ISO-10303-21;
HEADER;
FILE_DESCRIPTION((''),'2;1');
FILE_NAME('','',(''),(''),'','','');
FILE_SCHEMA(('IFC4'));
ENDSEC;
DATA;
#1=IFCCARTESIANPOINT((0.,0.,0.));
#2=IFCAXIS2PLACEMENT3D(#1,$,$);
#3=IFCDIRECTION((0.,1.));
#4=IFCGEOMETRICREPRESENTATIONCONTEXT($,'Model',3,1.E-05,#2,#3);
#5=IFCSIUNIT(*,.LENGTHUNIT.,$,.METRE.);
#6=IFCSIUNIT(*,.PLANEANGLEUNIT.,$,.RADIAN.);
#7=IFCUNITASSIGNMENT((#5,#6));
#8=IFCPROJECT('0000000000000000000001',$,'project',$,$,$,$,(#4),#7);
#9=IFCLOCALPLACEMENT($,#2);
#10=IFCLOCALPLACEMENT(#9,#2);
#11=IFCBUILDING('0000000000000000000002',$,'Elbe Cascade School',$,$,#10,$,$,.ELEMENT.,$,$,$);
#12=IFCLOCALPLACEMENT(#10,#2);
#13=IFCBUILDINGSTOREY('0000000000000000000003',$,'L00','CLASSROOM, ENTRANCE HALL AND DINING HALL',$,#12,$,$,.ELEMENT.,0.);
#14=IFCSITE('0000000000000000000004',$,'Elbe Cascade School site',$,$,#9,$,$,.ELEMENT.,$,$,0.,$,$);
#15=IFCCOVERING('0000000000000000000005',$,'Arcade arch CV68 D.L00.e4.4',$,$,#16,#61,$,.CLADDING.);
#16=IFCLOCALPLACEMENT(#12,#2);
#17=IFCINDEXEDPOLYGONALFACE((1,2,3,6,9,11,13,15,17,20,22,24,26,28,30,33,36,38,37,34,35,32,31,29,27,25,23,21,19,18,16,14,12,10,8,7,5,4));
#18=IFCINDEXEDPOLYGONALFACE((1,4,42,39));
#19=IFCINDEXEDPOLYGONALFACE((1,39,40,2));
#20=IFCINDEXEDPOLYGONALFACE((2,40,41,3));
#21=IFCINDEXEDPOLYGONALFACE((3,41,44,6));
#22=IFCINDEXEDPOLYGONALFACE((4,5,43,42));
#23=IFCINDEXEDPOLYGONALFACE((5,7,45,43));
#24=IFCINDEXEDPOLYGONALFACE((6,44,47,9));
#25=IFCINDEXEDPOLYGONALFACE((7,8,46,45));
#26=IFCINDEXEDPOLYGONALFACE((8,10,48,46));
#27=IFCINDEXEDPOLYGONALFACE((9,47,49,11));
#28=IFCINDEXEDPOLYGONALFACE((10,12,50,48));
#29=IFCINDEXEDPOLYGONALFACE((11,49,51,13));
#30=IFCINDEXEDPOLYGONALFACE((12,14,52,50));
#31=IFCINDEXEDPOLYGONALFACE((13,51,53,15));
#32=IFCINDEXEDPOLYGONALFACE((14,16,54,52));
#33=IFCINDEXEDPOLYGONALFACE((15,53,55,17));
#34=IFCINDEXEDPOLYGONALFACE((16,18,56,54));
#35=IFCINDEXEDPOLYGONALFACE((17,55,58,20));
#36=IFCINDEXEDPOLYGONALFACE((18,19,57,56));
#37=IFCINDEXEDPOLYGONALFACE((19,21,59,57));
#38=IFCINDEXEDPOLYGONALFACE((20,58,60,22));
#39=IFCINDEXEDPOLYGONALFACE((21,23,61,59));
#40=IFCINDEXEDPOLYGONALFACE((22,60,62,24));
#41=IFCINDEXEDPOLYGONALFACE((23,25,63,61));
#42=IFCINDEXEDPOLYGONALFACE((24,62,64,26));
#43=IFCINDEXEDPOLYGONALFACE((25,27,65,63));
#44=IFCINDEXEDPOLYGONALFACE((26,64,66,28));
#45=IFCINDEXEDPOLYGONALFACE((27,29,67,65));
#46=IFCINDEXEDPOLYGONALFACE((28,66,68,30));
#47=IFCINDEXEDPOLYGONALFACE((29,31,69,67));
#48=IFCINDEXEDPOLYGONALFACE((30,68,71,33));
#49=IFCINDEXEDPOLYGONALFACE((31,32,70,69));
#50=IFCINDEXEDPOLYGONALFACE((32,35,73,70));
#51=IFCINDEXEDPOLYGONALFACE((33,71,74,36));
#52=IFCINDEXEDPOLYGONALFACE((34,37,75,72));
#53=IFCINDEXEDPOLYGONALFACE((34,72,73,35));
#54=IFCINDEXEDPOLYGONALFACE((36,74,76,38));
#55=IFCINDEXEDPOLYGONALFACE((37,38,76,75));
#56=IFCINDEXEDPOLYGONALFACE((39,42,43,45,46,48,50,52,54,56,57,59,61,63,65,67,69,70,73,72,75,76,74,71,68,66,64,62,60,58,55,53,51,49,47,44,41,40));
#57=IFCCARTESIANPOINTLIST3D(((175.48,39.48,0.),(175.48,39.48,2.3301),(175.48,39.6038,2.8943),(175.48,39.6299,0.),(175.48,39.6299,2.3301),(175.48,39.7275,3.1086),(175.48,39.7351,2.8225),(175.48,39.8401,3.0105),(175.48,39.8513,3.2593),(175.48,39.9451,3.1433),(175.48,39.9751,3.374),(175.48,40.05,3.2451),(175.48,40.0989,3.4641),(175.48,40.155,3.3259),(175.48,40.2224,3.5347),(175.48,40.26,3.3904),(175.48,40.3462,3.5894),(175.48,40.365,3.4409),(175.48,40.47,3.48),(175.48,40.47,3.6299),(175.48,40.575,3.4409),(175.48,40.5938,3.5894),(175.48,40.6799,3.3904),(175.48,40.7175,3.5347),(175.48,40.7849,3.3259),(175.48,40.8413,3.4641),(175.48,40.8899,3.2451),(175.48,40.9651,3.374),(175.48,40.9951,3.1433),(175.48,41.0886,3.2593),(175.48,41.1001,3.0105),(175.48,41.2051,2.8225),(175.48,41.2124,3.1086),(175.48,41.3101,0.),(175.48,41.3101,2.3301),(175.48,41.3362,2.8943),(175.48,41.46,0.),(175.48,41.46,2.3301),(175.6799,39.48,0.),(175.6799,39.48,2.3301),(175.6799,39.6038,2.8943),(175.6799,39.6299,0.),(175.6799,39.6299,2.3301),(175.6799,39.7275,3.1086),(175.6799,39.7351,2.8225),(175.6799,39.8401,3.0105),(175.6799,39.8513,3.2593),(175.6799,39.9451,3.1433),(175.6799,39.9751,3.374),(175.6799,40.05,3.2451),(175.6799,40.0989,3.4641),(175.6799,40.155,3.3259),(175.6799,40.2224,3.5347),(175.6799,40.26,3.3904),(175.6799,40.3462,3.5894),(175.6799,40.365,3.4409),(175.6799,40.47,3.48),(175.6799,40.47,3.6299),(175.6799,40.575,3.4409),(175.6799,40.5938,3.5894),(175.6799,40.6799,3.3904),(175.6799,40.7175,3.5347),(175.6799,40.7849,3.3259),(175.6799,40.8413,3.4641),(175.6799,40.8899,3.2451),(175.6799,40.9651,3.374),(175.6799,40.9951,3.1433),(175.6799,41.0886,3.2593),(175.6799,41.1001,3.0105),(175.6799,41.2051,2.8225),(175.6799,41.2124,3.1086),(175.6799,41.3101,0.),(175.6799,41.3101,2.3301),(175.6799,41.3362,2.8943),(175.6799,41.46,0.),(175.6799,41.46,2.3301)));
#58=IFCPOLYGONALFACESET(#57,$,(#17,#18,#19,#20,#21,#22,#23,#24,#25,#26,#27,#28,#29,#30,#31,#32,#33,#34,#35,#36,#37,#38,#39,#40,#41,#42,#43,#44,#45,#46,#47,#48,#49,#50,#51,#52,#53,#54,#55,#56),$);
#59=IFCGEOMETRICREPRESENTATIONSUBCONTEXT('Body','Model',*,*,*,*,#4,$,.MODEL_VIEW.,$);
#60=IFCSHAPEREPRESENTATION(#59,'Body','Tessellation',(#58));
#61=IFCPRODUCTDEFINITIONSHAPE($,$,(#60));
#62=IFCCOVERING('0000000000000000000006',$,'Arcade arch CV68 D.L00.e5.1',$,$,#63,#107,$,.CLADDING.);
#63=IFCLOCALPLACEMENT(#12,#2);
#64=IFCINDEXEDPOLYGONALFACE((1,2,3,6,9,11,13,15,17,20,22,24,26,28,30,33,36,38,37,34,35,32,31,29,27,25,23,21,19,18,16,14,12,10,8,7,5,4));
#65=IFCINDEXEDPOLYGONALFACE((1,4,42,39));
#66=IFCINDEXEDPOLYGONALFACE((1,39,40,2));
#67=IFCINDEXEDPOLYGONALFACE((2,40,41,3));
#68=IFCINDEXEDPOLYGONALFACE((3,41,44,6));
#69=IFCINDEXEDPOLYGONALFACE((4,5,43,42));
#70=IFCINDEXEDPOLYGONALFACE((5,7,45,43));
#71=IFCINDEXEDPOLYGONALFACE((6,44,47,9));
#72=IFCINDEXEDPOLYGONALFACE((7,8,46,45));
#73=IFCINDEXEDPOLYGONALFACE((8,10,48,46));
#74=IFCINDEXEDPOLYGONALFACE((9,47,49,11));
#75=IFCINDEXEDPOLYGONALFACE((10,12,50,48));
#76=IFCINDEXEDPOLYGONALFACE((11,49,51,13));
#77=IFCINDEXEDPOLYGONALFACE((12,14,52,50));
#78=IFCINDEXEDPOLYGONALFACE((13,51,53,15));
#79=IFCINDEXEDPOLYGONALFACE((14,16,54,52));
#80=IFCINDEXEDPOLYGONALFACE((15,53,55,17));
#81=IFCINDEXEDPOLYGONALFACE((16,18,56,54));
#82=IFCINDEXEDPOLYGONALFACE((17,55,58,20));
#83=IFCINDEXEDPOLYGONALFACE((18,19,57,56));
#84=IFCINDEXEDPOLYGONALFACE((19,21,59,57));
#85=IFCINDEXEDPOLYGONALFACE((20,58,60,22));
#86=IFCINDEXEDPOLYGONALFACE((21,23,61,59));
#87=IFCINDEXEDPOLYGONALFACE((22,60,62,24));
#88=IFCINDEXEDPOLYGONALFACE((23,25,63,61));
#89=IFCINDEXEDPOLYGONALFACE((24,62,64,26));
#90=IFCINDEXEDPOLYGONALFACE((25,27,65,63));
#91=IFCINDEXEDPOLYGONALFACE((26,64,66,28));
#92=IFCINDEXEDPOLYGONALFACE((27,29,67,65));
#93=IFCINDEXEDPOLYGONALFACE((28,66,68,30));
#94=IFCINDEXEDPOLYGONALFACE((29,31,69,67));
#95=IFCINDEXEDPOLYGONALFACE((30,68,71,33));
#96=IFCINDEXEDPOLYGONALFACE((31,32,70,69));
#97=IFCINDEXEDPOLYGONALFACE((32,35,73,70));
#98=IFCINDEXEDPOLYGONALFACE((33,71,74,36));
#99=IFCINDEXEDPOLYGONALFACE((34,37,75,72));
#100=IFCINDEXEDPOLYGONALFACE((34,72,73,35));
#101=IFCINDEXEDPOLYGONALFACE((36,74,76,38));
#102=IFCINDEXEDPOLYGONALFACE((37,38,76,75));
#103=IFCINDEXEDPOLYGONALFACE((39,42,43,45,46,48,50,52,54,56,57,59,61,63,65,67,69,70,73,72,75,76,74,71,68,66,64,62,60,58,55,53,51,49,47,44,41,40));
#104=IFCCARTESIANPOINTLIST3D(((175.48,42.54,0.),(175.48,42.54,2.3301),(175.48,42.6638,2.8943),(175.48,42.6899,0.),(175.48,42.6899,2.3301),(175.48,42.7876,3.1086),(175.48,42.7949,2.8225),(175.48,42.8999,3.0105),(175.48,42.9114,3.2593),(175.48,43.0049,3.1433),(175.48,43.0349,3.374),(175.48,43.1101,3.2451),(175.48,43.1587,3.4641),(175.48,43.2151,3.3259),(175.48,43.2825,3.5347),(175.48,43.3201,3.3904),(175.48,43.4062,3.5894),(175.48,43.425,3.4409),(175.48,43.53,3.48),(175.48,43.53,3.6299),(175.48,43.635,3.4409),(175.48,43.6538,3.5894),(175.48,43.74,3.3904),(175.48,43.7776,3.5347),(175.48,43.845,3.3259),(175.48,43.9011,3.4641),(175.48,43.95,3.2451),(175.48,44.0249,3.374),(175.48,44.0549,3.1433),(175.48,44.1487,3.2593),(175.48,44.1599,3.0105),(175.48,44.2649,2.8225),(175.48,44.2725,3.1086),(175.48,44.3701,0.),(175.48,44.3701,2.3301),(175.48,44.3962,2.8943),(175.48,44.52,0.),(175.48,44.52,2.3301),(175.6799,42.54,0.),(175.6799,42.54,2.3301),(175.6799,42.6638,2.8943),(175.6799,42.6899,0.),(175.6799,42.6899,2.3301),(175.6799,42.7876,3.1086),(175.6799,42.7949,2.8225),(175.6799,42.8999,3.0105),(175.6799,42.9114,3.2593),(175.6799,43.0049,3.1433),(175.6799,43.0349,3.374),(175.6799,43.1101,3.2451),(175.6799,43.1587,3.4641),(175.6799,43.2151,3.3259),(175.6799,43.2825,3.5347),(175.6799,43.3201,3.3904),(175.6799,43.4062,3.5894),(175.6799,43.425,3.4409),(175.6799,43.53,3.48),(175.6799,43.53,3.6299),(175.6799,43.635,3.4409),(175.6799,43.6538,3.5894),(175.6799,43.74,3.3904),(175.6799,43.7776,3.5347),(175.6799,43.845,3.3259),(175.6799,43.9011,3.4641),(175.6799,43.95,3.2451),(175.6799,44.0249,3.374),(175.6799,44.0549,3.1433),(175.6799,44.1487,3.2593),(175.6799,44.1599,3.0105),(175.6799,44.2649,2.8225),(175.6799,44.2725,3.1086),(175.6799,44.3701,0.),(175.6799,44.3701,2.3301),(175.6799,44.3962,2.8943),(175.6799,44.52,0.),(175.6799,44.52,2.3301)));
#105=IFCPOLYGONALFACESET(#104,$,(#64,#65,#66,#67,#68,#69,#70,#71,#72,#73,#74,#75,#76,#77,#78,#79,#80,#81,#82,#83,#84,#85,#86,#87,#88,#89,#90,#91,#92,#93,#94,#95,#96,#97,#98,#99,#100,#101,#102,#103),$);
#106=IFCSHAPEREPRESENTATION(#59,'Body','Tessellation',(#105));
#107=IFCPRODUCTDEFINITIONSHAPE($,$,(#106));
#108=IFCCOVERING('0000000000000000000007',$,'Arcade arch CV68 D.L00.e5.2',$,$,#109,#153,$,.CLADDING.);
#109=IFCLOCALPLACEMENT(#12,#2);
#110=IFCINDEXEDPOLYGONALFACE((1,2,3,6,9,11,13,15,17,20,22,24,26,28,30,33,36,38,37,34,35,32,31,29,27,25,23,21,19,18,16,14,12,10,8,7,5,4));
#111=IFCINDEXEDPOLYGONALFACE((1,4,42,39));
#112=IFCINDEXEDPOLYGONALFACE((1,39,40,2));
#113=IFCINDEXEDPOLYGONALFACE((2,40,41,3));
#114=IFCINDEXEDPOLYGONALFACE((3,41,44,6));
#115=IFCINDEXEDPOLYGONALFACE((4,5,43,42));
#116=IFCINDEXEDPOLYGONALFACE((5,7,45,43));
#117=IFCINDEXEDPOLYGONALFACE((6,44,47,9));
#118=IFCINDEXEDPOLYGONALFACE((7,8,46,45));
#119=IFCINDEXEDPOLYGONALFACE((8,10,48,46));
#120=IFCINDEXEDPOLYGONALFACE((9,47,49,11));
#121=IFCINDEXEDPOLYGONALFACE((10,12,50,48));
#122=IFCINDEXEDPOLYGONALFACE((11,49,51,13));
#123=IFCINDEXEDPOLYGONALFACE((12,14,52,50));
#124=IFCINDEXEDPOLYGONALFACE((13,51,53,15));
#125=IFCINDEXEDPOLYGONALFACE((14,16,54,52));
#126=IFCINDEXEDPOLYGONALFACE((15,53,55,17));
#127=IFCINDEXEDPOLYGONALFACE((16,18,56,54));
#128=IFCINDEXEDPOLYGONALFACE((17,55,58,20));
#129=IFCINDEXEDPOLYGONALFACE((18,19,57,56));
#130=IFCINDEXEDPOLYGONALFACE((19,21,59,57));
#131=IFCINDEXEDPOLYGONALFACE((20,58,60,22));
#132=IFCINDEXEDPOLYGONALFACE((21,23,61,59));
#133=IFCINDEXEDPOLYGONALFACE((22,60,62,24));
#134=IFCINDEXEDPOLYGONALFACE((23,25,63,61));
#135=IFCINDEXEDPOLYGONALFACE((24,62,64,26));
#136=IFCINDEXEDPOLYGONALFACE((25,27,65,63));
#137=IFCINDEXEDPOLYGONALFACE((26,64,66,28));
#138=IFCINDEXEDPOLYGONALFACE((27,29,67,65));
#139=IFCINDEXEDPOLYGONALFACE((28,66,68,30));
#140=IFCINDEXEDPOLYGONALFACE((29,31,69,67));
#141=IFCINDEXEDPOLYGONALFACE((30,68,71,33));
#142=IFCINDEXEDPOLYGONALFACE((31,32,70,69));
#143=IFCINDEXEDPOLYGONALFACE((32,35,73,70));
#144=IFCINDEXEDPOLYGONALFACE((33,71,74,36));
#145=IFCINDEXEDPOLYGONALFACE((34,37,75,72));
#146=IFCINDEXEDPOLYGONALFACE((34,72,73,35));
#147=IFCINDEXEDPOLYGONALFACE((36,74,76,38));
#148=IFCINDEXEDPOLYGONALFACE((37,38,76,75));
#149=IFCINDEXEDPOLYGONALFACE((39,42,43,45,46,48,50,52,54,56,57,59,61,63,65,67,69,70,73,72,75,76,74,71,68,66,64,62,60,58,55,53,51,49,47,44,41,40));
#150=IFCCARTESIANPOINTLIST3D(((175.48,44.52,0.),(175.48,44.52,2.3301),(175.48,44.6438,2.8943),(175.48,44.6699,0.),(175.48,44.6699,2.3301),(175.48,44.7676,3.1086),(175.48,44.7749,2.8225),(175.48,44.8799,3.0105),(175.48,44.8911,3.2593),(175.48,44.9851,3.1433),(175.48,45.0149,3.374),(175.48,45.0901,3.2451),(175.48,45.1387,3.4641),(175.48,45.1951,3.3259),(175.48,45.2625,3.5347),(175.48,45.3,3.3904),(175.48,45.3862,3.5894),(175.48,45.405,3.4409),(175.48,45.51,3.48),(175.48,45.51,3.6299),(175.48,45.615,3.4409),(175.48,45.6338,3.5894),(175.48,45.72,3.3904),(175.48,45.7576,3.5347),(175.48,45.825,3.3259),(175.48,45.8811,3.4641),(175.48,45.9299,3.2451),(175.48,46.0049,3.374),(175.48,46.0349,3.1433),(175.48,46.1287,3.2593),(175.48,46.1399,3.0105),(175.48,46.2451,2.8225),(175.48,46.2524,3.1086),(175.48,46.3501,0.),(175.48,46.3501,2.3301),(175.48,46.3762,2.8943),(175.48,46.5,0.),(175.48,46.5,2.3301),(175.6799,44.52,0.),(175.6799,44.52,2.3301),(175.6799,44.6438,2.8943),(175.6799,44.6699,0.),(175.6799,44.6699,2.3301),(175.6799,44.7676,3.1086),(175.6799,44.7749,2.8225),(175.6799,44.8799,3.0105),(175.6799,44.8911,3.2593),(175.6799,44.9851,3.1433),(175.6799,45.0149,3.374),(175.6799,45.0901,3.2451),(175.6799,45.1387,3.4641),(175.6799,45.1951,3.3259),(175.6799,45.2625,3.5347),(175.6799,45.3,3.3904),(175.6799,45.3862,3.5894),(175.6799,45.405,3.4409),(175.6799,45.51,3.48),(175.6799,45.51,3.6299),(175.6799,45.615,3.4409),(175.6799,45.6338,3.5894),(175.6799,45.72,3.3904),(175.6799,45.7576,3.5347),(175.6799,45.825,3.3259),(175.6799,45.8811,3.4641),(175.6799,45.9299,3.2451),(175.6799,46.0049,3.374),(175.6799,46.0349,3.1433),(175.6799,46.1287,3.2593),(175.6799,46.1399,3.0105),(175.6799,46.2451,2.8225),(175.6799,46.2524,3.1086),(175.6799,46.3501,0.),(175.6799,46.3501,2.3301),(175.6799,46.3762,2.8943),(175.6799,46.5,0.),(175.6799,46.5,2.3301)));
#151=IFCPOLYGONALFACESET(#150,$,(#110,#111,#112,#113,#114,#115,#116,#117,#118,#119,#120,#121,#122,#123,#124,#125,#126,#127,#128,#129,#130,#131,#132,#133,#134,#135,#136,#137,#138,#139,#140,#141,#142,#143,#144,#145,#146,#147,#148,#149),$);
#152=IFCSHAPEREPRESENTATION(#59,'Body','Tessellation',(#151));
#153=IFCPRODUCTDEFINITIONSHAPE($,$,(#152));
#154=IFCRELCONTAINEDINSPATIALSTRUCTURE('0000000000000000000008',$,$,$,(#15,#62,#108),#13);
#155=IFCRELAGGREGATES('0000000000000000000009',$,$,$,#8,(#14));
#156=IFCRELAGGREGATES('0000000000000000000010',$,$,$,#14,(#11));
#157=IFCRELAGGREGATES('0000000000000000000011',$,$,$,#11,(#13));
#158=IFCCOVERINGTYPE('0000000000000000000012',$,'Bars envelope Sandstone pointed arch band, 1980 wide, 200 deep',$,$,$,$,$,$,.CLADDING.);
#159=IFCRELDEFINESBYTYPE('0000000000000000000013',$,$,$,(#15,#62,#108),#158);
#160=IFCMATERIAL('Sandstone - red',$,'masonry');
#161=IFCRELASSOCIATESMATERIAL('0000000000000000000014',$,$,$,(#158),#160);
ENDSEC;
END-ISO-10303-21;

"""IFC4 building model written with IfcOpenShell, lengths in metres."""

from ifc_helpers import new_model, si_unit, direction, frame, origin, place, context, subcontext, project, spatial, polyline, outline, extrude, material, type_object, element, save


model = new_model("IFC4")

# Units and contexts
model_context = context("Model", 3, precision=1e-05, world=origin(), true_north=direction((0.0, 1.0)))
body_context = subcontext(model_context, "Body", "Model", "MODEL_VIEW")
ifc_project = project(units=[si_unit("LENGTHUNIT", "METRE"), si_unit("PLANEANGLEUNIT", "RADIAN")], contexts=[model_context])

# Site, building, storey
site_placement = place(None, origin())
site = spatial("IfcSite", under=ifc_project, at=site_placement, Name="Elbe Cascade School site", CompositionType="ELEMENT", RefElevation=0.0)
building_placement = place(site_placement, origin())
building = spatial("IfcBuilding", under=site, at=building_placement, Name="Elbe Cascade School", CompositionType="ELEMENT")
storey_placement = place(building_placement, origin())
storey = spatial("IfcBuildingStorey", under=building, at=storey_placement, Name="L00", Description="CLASSROOM, ENTRANCE HALL AND DINING HALL", CompositionType="ELEMENT", Elevation=0.0)

# Coverings
ifc_material_1 = material(Name="Sandstone - red", Category="masonry")
covering_type_1 = type_object("IfcCoveringType", Name="Bars envelope Sandstone pointed arch band, 1980 wide, 200 deep", PredefinedType="CLADDING", material=ifc_material_1)
covering_1_placement = place(storey_placement, frame((175.6799, 39.6299, 0.0), z_axis=(1.0, 0.0, 0.0), x_axis=(0.0, 0.0, 1.0)))
element("IfcCovering", 1, at=covering_1_placement, inside=storey, type_object=covering_type_1, Name="Arcade arch CV68 D.L00.e4.4", PredefinedType="CLADDING", context=body_context, shape_type="SweptSolid", body=[
    extrude(outline(polyline([(0.0, 0.0), (2.3301, 0.0), (2.8225, -0.1052), (3.0105, -0.2102), (3.1433, -0.3152), (3.2451, -0.4202), (3.3259, -0.5251), (3.3904, -0.6301), (3.4409, -0.7351), (3.48, -0.8401), (3.4409, -0.9451), (3.3904, -1.05), (3.3259, -1.155), (3.2451, -1.26), (3.1433, -1.3652), (3.0105, -1.4702), (2.8225, -1.5752), (2.3301, -1.6802), (0.0, -1.6802), (0.0, -1.8301), (2.3301, -1.8301), (2.8943, -1.7063), (3.1086, -1.5825), (3.2593, -1.4587), (3.374, -1.3352), (3.4641, -1.2114), (3.5347, -1.0876), (3.5894, -0.9639), (3.6299, -0.8401), (3.5894, -0.7163), (3.5347, -0.5925), (3.4641, -0.469), (3.374, -0.3452), (3.2593, -0.2214), (3.1086, -0.0977), (2.8943, 0.0261), (2.3301, 0.1499), (0.0, 0.1499), (0.0, 0.0)])), origin(), (0.0, 0.0, -1.0), 0.2),
])
covering_2_placement = place(storey_placement, frame((175.6799, 42.6899, 0.0), z_axis=(1.0, 0.0, 0.0), x_axis=(0.0, 0.0, 1.0)))
element("IfcCovering", 2, at=covering_2_placement, inside=storey, type_object=covering_type_1, Name="Arcade arch CV68 D.L00.e5.1", PredefinedType="CLADDING", context=body_context, shape_type="SweptSolid", body=[
    extrude(outline(polyline([(0.0, 0.0), (2.3301, 0.0), (2.8225, -0.105), (3.0105, -0.21), (3.1433, -0.3149), (3.2451, -0.4202), (3.3259, -0.5251), (3.3904, -0.6301), (3.4409, -0.7351), (3.48, -0.8401), (3.4409, -0.9451), (3.3904, -1.05), (3.3259, -1.155), (3.2451, -1.26), (3.1433, -1.365), (3.0105, -1.47), (2.8225, -1.575), (2.3301, -1.6802), (0.0, -1.6802), (0.0, -1.8301), (2.3301, -1.8301), (2.8943, -1.7063), (3.1086, -1.5825), (3.2593, -1.4587), (3.374, -1.335), (3.4641, -1.2112), (3.5347, -1.0876), (3.5894, -0.9639), (3.6299, -0.8401), (3.5894, -0.7163), (3.5347, -0.5925), (3.4641, -0.4688), (3.374, -0.345), (3.2593, -0.2214), (3.1086, -0.0977), (2.8943, 0.0261), (2.3301, 0.1499), (0.0, 0.1499), (0.0, 0.0)])), origin(), (0.0, 0.0, -1.0), 0.2),
])
covering_3_placement = place(storey_placement, frame((175.6799, 44.6699, 0.0), z_axis=(1.0, 0.0, 0.0), x_axis=(0.0, 0.0, 1.0)))
element("IfcCovering", 3, at=covering_3_placement, inside=storey, type_object=covering_type_1, Name="Arcade arch CV68 D.L00.e5.2", PredefinedType="CLADDING", context=body_context, shape_type="SweptSolid", body=[
    extrude(outline(polyline([(0.0, 0.0), (2.3301, 0.0), (2.8225, -0.105), (3.0105, -0.21), (3.1433, -0.3152), (3.2451, -0.4202), (3.3259, -0.5251), (3.3904, -0.6301), (3.4409, -0.7351), (3.48, -0.8401), (3.4409, -0.9451), (3.3904, -1.05), (3.3259, -1.155), (3.2451, -1.26), (3.1433, -1.365), (3.0105, -1.47), (2.8225, -1.5752), (2.3301, -1.6802), (0.0, -1.6802), (0.0, -1.8301), (2.3301, -1.8301), (2.8943, -1.7063), (3.1086, -1.5825), (3.2593, -1.4587), (3.374, -1.335), (3.4641, -1.2112), (3.5347, -1.0876), (3.5894, -0.9639), (3.6299, -0.8401), (3.5894, -0.7163), (3.5347, -0.5925), (3.4641, -0.4688), (3.374, -0.345), (3.2593, -0.2212), (3.1086, -0.0977), (2.8943, 0.0261), (2.3301, 0.1499), (0.0, 0.1499), (0.0, 0.0)])), origin(), (0.0, 0.0, -1.0), 0.2),
])

save(model, "model.ifc")
